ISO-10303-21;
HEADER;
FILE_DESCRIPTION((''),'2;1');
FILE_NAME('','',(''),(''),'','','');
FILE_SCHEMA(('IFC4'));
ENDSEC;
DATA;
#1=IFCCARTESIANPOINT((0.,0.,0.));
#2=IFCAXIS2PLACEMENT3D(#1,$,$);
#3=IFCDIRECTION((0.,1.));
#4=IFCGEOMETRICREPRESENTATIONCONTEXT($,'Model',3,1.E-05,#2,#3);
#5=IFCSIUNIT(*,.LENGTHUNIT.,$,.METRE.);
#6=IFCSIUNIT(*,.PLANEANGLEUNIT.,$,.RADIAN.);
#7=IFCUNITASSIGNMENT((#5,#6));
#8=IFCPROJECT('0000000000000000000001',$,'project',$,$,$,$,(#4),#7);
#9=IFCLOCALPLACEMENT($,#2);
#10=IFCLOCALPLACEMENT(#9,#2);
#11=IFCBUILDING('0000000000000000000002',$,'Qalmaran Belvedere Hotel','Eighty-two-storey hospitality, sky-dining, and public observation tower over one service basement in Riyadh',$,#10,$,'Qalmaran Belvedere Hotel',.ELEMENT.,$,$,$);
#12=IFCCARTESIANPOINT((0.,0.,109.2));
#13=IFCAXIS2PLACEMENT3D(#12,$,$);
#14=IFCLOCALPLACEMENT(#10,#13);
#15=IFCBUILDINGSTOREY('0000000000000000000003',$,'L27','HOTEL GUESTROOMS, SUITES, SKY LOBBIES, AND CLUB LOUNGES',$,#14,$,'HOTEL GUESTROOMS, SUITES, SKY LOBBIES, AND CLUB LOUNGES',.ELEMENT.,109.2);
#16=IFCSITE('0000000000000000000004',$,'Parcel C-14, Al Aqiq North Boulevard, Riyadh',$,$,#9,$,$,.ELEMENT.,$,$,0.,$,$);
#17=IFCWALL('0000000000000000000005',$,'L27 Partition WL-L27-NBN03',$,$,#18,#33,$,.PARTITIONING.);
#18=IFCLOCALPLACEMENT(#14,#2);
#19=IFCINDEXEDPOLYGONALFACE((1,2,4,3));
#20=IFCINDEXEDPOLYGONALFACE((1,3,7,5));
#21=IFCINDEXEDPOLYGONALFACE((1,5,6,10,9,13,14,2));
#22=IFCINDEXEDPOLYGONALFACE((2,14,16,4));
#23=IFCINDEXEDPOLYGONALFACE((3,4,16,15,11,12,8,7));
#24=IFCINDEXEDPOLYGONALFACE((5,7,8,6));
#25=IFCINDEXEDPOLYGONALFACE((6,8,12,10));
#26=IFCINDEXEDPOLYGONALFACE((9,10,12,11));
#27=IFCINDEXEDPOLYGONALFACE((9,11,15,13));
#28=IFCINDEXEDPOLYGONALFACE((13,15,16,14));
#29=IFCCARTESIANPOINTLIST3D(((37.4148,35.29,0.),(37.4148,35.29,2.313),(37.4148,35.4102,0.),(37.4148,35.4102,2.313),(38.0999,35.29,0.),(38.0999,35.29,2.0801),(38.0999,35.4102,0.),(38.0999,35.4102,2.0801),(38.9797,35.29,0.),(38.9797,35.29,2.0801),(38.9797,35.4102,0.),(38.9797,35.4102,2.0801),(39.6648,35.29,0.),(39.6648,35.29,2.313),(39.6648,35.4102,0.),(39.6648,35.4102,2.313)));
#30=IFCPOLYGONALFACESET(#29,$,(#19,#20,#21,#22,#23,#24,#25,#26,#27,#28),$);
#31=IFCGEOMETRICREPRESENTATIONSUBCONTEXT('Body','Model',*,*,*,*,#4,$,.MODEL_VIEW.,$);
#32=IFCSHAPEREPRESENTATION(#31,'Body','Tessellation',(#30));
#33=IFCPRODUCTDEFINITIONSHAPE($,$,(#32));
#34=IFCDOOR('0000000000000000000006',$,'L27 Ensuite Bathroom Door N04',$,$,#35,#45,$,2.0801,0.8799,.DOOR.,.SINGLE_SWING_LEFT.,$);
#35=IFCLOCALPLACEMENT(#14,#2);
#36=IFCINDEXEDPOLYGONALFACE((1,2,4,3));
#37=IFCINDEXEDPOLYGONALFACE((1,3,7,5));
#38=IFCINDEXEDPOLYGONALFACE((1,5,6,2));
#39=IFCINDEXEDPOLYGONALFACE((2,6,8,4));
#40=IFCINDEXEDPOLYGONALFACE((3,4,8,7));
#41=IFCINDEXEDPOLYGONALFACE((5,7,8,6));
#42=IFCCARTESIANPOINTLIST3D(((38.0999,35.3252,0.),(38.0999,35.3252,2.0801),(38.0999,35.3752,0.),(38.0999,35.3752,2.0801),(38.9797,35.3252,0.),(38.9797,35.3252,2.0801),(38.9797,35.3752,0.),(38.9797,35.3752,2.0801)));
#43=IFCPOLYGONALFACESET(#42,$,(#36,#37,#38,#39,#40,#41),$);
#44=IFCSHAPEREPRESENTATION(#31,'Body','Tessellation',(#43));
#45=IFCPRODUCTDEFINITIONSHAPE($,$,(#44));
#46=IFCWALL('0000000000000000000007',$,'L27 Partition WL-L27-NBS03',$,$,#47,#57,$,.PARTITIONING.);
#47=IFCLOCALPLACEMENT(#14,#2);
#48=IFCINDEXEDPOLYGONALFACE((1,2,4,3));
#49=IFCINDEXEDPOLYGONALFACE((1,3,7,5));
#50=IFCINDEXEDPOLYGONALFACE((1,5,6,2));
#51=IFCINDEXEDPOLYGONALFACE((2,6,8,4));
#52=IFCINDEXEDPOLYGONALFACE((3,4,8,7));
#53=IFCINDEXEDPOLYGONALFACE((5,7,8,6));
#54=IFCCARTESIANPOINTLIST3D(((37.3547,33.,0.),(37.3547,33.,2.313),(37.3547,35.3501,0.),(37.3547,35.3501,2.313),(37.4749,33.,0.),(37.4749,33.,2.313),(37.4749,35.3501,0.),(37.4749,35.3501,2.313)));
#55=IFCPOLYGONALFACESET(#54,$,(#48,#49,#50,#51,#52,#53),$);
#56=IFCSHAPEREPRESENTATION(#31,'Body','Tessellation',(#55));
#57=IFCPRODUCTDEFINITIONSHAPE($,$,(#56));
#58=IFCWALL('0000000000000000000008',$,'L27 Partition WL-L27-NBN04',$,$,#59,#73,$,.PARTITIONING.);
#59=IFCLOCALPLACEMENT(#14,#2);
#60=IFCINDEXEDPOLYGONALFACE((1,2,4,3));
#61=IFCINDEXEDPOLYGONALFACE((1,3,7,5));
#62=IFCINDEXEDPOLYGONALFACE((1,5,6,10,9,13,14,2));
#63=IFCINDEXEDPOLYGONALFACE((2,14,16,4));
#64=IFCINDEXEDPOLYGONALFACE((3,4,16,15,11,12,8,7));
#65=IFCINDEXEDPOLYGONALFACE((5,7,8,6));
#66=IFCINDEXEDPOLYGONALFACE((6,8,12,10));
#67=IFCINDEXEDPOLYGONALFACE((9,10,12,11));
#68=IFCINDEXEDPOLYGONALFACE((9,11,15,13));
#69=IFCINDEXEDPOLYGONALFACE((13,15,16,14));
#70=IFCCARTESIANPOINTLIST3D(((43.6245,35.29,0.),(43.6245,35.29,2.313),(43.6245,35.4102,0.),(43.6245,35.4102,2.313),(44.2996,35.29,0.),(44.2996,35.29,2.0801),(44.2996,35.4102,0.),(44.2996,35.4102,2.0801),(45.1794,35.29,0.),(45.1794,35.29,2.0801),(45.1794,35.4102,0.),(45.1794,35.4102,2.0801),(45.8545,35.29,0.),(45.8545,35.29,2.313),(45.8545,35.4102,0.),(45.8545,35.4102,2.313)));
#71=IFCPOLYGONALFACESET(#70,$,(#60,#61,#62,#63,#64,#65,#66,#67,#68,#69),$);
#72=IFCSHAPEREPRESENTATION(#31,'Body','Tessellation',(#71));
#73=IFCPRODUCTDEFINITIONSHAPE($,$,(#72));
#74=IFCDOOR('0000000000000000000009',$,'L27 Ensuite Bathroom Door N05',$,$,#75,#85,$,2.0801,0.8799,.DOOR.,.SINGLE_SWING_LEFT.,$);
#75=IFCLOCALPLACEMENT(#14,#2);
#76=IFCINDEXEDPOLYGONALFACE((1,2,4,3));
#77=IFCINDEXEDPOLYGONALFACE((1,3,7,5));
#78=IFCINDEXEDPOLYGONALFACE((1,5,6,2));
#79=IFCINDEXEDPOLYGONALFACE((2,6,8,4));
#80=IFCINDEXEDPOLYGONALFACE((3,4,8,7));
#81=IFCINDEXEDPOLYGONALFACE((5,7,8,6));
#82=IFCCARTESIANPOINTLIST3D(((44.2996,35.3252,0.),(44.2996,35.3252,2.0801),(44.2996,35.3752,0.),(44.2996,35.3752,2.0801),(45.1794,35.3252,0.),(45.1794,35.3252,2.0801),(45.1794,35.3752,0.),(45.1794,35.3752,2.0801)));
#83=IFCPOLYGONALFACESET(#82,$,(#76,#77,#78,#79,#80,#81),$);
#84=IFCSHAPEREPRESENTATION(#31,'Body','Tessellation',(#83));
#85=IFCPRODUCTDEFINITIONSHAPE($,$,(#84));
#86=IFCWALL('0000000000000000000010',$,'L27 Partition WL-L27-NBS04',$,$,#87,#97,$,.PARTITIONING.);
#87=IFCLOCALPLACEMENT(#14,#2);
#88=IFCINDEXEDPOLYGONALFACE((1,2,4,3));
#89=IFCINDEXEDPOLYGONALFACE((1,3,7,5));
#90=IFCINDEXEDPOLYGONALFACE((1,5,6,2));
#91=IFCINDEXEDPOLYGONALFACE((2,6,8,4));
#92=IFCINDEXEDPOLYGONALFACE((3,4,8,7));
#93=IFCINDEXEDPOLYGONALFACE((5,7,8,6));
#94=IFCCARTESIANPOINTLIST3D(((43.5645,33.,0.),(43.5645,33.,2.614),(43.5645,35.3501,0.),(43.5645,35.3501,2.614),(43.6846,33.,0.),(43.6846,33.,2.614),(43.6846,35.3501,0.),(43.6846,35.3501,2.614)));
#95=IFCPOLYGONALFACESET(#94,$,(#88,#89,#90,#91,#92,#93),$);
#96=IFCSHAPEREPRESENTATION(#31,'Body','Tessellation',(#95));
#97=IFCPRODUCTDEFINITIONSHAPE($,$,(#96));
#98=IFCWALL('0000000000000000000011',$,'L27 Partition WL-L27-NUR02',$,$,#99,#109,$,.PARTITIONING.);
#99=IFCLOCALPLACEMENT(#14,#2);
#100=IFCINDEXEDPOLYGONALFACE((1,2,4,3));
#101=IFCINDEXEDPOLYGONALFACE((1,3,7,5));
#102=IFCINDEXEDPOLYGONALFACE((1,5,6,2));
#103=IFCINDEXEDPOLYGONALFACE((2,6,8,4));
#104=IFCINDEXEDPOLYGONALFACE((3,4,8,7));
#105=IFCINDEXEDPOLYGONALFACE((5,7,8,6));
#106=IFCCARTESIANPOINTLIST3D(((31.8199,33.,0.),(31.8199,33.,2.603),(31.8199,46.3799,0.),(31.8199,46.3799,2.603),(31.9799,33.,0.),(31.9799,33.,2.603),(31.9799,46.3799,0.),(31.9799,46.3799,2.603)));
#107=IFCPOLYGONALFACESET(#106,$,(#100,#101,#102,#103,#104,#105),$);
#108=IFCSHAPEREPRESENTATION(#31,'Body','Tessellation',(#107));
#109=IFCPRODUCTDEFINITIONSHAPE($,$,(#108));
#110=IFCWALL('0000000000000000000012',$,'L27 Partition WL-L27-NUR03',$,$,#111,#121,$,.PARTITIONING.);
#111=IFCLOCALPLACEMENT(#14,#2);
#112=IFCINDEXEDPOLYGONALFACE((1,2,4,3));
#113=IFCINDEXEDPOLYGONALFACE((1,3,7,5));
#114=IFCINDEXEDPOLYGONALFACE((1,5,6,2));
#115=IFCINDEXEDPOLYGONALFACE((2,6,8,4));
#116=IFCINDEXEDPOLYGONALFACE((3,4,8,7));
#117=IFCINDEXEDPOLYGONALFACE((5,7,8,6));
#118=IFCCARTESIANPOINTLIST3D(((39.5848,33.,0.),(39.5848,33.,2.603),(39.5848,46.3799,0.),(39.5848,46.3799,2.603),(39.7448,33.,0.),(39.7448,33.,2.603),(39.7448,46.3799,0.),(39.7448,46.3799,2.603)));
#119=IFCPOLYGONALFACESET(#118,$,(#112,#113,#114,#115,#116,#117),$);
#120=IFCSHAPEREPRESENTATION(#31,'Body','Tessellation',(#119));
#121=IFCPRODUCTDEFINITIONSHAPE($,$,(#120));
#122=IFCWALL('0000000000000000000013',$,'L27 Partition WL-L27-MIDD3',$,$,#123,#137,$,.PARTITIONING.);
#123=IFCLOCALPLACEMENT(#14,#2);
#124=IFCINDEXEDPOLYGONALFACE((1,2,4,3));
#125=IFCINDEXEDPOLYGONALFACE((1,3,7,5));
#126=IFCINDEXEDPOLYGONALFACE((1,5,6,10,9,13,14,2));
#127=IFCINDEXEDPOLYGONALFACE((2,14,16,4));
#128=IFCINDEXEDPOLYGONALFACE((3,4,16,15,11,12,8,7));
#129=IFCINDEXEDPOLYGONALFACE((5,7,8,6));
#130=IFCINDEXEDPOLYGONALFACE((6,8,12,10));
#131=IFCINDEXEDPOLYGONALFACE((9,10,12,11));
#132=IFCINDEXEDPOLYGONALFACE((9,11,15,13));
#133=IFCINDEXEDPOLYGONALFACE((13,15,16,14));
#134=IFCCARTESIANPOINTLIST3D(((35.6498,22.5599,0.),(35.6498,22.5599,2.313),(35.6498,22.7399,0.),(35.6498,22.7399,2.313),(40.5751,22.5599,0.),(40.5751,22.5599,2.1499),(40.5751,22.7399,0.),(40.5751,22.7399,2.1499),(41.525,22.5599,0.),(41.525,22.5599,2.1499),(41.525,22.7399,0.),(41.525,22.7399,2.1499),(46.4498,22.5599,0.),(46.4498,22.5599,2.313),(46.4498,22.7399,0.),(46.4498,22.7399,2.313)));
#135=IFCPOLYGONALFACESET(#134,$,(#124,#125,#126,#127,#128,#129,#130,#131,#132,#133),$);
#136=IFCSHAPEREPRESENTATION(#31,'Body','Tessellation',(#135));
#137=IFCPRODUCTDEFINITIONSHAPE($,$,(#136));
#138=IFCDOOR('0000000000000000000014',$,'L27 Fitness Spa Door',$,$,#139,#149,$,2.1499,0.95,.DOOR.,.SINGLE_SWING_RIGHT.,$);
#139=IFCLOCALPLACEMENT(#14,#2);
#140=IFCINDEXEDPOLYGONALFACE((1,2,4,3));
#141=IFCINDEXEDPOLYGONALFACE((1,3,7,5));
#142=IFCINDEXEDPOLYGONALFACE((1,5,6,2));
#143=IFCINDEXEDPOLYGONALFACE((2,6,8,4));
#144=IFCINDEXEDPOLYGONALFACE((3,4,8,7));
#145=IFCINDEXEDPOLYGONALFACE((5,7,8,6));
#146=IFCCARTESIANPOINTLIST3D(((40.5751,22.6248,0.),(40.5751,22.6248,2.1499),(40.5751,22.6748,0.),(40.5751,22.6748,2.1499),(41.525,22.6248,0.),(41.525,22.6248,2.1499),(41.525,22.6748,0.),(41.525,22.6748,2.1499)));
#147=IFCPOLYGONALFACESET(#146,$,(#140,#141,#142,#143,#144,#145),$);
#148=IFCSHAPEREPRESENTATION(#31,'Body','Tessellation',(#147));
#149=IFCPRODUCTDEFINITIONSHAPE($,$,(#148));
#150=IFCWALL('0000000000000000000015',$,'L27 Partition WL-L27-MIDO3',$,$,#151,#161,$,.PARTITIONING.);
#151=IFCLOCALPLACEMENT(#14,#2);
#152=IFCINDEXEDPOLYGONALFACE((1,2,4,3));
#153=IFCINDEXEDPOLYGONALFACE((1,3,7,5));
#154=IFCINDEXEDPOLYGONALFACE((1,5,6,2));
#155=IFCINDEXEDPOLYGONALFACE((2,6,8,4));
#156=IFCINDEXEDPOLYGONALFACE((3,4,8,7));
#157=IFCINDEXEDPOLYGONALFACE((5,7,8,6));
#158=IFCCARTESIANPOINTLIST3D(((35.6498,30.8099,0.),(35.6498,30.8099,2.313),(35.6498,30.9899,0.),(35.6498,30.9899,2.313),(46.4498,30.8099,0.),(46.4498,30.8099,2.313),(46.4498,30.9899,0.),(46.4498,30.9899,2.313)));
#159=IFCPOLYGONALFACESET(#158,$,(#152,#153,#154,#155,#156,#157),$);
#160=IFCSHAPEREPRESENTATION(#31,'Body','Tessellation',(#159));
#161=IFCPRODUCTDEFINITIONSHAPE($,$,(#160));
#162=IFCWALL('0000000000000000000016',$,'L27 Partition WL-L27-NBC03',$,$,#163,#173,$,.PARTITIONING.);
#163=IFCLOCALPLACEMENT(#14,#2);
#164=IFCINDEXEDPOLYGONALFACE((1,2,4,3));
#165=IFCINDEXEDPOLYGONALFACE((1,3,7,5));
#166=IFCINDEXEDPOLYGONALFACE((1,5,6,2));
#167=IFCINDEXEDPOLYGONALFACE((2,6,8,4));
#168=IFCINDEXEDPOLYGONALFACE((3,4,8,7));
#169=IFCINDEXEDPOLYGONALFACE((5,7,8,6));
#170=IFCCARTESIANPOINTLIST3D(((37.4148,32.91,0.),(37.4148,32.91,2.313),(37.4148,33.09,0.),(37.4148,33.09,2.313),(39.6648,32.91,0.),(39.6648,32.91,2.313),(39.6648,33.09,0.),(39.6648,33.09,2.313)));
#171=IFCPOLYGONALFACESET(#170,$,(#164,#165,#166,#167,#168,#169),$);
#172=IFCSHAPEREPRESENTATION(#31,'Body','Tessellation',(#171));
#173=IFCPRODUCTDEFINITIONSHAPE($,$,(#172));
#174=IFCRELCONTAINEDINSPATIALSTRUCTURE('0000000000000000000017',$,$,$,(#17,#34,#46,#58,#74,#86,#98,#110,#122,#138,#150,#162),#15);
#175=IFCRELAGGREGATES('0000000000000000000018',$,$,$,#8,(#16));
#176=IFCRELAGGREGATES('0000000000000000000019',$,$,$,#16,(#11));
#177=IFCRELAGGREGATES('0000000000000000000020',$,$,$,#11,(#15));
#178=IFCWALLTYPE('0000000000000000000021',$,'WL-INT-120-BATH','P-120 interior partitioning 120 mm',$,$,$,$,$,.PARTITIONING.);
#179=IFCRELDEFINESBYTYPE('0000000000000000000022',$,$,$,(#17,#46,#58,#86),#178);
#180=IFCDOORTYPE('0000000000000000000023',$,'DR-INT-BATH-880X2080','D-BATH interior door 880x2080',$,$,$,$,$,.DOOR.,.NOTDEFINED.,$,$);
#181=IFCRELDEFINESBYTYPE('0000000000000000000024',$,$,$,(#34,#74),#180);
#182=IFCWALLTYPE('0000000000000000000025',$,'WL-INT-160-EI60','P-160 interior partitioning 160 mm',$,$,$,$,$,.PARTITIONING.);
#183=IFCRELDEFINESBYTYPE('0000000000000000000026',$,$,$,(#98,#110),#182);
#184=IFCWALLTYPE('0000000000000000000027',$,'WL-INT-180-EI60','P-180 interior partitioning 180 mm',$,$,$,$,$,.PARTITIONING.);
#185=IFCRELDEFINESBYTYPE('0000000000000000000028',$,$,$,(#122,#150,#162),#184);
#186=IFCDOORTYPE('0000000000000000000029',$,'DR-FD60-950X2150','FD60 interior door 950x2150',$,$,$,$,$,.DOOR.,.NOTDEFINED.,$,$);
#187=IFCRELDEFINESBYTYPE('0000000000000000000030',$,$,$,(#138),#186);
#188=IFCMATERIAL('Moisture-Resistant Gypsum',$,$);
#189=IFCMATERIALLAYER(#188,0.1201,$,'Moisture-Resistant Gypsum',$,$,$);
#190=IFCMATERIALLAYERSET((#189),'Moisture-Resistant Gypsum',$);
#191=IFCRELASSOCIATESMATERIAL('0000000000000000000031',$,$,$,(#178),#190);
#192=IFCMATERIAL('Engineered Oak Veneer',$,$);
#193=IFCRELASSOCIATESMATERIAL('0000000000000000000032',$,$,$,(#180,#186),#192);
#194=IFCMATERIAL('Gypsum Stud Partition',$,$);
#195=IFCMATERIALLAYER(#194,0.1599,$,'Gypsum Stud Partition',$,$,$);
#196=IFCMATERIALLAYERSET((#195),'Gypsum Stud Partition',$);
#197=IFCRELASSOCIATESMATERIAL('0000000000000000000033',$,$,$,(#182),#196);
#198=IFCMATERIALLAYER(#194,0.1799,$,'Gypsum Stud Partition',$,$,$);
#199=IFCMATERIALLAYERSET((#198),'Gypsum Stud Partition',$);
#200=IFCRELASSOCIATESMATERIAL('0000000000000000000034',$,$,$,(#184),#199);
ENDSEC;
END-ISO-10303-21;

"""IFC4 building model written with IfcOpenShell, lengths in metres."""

from ifc_helpers import new_model, si_unit, direction, frame, frame_2d, origin, place, context, subcontext, project, spatial, rectangle, extrude, material, layer, layer_set, type_object, element, fill, save


model = new_model("IFC4")

# Units and contexts
model_context = context("Model", 3, precision=1e-05, world=origin(), true_north=direction((0.0, 1.0)))
body_context = subcontext(model_context, "Body", "Model", "MODEL_VIEW")
ifc_project = project(units=[si_unit("LENGTHUNIT", "METRE"), si_unit("PLANEANGLEUNIT", "RADIAN")], contexts=[model_context])

# Site, building, storey
site_placement = place(None, origin())
site = spatial("IfcSite", under=ifc_project, at=site_placement, Name="Parcel C-14, Al Aqiq North Boulevard, Riyadh", CompositionType="ELEMENT", RefElevation=0.0)
building_placement = place(site_placement, origin())
building = spatial("IfcBuilding", under=site, at=building_placement, Name="Qalmaran Belvedere Hotel", Description="Eighty-two-storey hospitality, sky-dining, and public observation tower over one service basement in Riyadh", LongName="Qalmaran Belvedere Hotel", CompositionType="ELEMENT")
storey_placement = place(building_placement, frame((0.0, 0.0, 109.2)))
storey = spatial("IfcBuildingStorey", under=building, at=storey_placement, Name="L27", Description="HOTEL GUESTROOMS, SUITES, SKY LOBBIES, AND CLUB LOUNGES", LongName="HOTEL GUESTROOMS, SUITES, SKY LOBBIES, AND CLUB LOUNGES", CompositionType="ELEMENT", Elevation=109.2)

# Wall, opening, door
ifc_material_1 = material(Name="Moisture-Resistant Gypsum")
ifc_layer_1 = layer(ifc_material_1, 0.1201, Name="Moisture-Resistant Gypsum")
ifc_layer_set_1 = layer_set([ifc_layer_1], Name="Moisture-Resistant Gypsum")
wall_type_1 = type_object("IfcWallType", Name="WL-INT-120-BATH", Description="P-120 interior partitioning 120 mm", PredefinedType="PARTITIONING", material=ifc_layer_set_1)
wall_1_placement = place(storey_placement, frame((37.4148, 35.3501, 0.0), z_axis=(0.0, 0.0, 1.0), x_axis=(1.0, 0.0, 0.0)))
wall_1 = element("IfcWall", 1, at=wall_1_placement, inside=storey, type_object=wall_type_1, Name="L27 Partition WL-L27-NBN03", PredefinedType="PARTITIONING", context=body_context, shape_type="SweptSolid", body=[
    extrude(rectangle(XDim=2.25, YDim=0.1201, at=frame_2d((1.125, 0.0))), origin(), (0.0, 0.0, 1.0), 2.313),
])
opening_1_placement = place(wall_1_placement, frame((1.5649, 0.0, 0.0), z_axis=(0.0, 0.0, 1.0), x_axis=(-1.0, 0.0, 0.0)))
opening_1 = element("IfcOpeningElement", 2, at=opening_1_placement, cuts=wall_1, PredefinedType="OPENING", context=body_context, shape_type="SweptSolid", body=[
    extrude(rectangle(XDim=0.8799, YDim=2.0801, at=frame_2d((0.4399, 1.04))), frame((0.0, 0.0701, 0.0), z_axis=(0.0, -1.0, 0.0), x_axis=(1.0, 0.0, 0.0)), (0.0, 0.0, 1.0), 0.1401),
])
ifc_material_2 = material(Name="Engineered Oak Veneer")
door_type_1 = type_object("IfcDoorType", Name="DR-INT-BATH-880X2080", Description="D-BATH interior door 880x2080", OperationType="NOTDEFINED", PredefinedType="DOOR", material=ifc_material_2)
door_1_placement = place(opening_1_placement, origin())
door_1 = element("IfcDoor", 3, at=door_1_placement, inside=storey, type_object=door_type_1, Name="L27 Ensuite Bathroom Door N04", OperationType="SINGLE_SWING_LEFT", OverallHeight=2.0801, OverallWidth=0.8799, PredefinedType="DOOR", context=body_context, shape_type="SweptSolid", body=[
    extrude(rectangle(XDim=0.8799, YDim=2.0801, at=frame_2d((0.4399, 1.04))), frame((0.0, 0.0249, 0.0), z_axis=(0.0, -1.0, 0.0), x_axis=(1.0, 0.0, 0.0)), (0.0, 0.0, 1.0), 0.05),
])
fill(opening_1, door_1)

# Wall
wall_2_placement = place(storey_placement, frame((37.4148, 33.0, 0.0), z_axis=(0.0, 0.0, 1.0), x_axis=(0.0, 1.0, 0.0)))
element("IfcWall", 4, at=wall_2_placement, inside=storey, type_object=wall_type_1, Name="L27 Partition WL-L27-NBS03", PredefinedType="PARTITIONING", context=body_context, shape_type="SweptSolid", body=[
    extrude(rectangle(XDim=2.3501, YDim=0.1201, at=frame_2d((1.175, 0.0))), origin(), (0.0, 0.0, 1.0), 2.313),
])

# Wall, opening, door
wall_3_placement = place(storey_placement, frame((43.6245, 35.3501, 0.0), z_axis=(0.0, 0.0, 1.0), x_axis=(1.0, 0.0, 0.0)))
wall_3 = element("IfcWall", 5, at=wall_3_placement, inside=storey, type_object=wall_type_1, Name="L27 Partition WL-L27-NBN04", PredefinedType="PARTITIONING", context=body_context, shape_type="SweptSolid", body=[
    extrude(rectangle(XDim=2.23, YDim=0.1201, at=frame_2d((1.115, 0.0))), origin(), (0.0, 0.0, 1.0), 2.313),
])
opening_2_placement = place(wall_3_placement, frame((1.5549, 0.0, 0.0), z_axis=(0.0, 0.0, 1.0), x_axis=(-1.0, 0.0, 0.0)))
opening_2 = element("IfcOpeningElement", 6, at=opening_2_placement, cuts=wall_3, PredefinedType="OPENING", context=body_context, shape_type="SweptSolid", body=[
    extrude(rectangle(XDim=0.8799, YDim=2.0801, at=frame_2d((0.4399, 1.04))), frame((0.0, 0.0701, 0.0), z_axis=(0.0, -1.0, 0.0), x_axis=(1.0, 0.0, 0.0)), (0.0, 0.0, 1.0), 0.1401),
])
door_2_placement = place(opening_2_placement, origin())
door_2 = element("IfcDoor", 7, at=door_2_placement, inside=storey, type_object=door_type_1, Name="L27 Ensuite Bathroom Door N05", OperationType="SINGLE_SWING_LEFT", OverallHeight=2.0801, OverallWidth=0.8799, PredefinedType="DOOR", context=body_context, shape_type="SweptSolid", body=[
    extrude(rectangle(XDim=0.8799, YDim=2.0801, at=frame_2d((0.4399, 1.04))), frame((0.0, 0.0249, 0.0), z_axis=(0.0, -1.0, 0.0), x_axis=(1.0, 0.0, 0.0)), (0.0, 0.0, 1.0), 0.05),
])
fill(opening_2, door_2)

# Walls
wall_4_placement = place(storey_placement, frame((43.6245, 33.0, 0.0), z_axis=(0.0, 0.0, 1.0), x_axis=(0.0, 1.0, 0.0)))
element("IfcWall", 8, at=wall_4_placement, inside=storey, type_object=wall_type_1, Name="L27 Partition WL-L27-NBS04", PredefinedType="PARTITIONING", context=body_context, shape_type="SweptSolid", body=[
    extrude(rectangle(XDim=2.3501, YDim=0.1201, at=frame_2d((1.175, 0.0))), origin(), (0.0, 0.0, 1.0), 2.614),
])
ifc_material_3 = material(Name="Gypsum Stud Partition")
ifc_layer_2 = layer(ifc_material_3, 0.1599, Name="Gypsum Stud Partition")
ifc_layer_set_2 = layer_set([ifc_layer_2], Name="Gypsum Stud Partition")
wall_type_2 = type_object("IfcWallType", Name="WL-INT-160-EI60", Description="P-160 interior partitioning 160 mm", PredefinedType="PARTITIONING", material=ifc_layer_set_2)
for number, where, z_axis, x_axis, name in (
    (9, (31.8999, 33.0, 0.0), (0.0, 0.0, 1.0), (0.0, 1.0, 0.0), "L27 Partition WL-L27-NUR02"),
    (10, (39.6648, 33.0, 0.0), (0.0, 0.0, 1.0), (0.0, 1.0, 0.0), "L27 Partition WL-L27-NUR03"),
):
    element("IfcWall", number, at=place(storey_placement, frame(where, z_axis=z_axis, x_axis=x_axis)), inside=storey, type_object=wall_type_2, Name=name, PredefinedType="PARTITIONING", context=body_context, shape_type="SweptSolid", body=[
        extrude(rectangle(XDim=13.3799, YDim=0.1599, at=frame_2d((6.6899, 0.0))), origin(), (0.0, 0.0, 1.0), 2.603),
    ])

# Wall, opening, door
ifc_layer_3 = layer(ifc_material_3, 0.1799, Name="Gypsum Stud Partition")
ifc_layer_set_3 = layer_set([ifc_layer_3], Name="Gypsum Stud Partition")
wall_type_3 = type_object("IfcWallType", Name="WL-INT-180-EI60", Description="P-180 interior partitioning 180 mm", PredefinedType="PARTITIONING", material=ifc_layer_set_3)
wall_5_placement = place(storey_placement, frame((35.6499, 22.6499, 0.0), z_axis=(0.0, 0.0, 1.0), x_axis=(1.0, 0.0, 0.0)))
wall_5 = element("IfcWall", 11, at=wall_5_placement, inside=storey, type_object=wall_type_3, Name="L27 Partition WL-L27-MIDD3", PredefinedType="PARTITIONING", context=body_context, shape_type="SweptSolid", body=[
    extrude(rectangle(XDim=10.8, YDim=0.1799, at=frame_2d((5.3999, 0.0))), origin(), (0.0, 0.0, 1.0), 2.313),
])
opening_3_placement = place(wall_5_placement, frame((4.925, 0.0, 0.0)))
opening_3 = element("IfcOpeningElement", 12, at=opening_3_placement, cuts=wall_5, PredefinedType="OPENING", context=body_context, shape_type="SweptSolid", body=[
    extrude(rectangle(XDim=0.95, YDim=2.1499, at=frame_2d((0.4751, 1.075))), frame((0.0, 0.1001, 0.0), z_axis=(0.0, -1.0, 0.0), x_axis=(1.0, 0.0, 0.0)), (0.0, 0.0, 1.0), 0.2),
])
door_type_2 = type_object("IfcDoorType", Name="DR-FD60-950X2150", Description="FD60 interior door 950x2150", OperationType="NOTDEFINED", PredefinedType="DOOR", material=ifc_material_2)
door_3_placement = place(opening_3_placement, origin())
door_3 = element("IfcDoor", 13, at=door_3_placement, inside=storey, type_object=door_type_2, Name="L27 Fitness Spa Door", OperationType="SINGLE_SWING_RIGHT", OverallHeight=2.1499, OverallWidth=0.95, PredefinedType="DOOR", context=body_context, shape_type="SweptSolid", body=[
    extrude(rectangle(XDim=0.95, YDim=2.1499, at=frame_2d((0.4751, 1.075))), frame((0.0, 0.0249, 0.0), z_axis=(0.0, -1.0, 0.0), x_axis=(1.0, 0.0, 0.0)), (0.0, 0.0, 1.0), 0.05),
])
fill(opening_3, door_3)

# Walls
wall_6_placement = place(storey_placement, frame((35.6499, 30.8999, 0.0), z_axis=(0.0, 0.0, 1.0), x_axis=(1.0, 0.0, 0.0)))
element("IfcWall", 14, at=wall_6_placement, inside=storey, type_object=wall_type_3, Name="L27 Partition WL-L27-MIDO3", PredefinedType="PARTITIONING", context=body_context, shape_type="SweptSolid", body=[
    extrude(rectangle(XDim=10.8, YDim=0.1799, at=frame_2d((5.3999, 0.0))), origin(), (0.0, 0.0, 1.0), 2.313),
])
wall_7_placement = place(storey_placement, frame((37.4148, 33.0, 0.0), z_axis=(0.0, 0.0, 1.0), x_axis=(1.0, 0.0, 0.0)))
element("IfcWall", 15, at=wall_7_placement, inside=storey, type_object=wall_type_3, Name="L27 Partition WL-L27-NBC03", PredefinedType="PARTITIONING", context=body_context, shape_type="SweptSolid", body=[
    extrude(rectangle(XDim=2.25, YDim=0.1799, at=frame_2d((1.125, 0.0))), origin(), (0.0, 0.0, 1.0), 2.313),
])

save(model, "model.ifc")
